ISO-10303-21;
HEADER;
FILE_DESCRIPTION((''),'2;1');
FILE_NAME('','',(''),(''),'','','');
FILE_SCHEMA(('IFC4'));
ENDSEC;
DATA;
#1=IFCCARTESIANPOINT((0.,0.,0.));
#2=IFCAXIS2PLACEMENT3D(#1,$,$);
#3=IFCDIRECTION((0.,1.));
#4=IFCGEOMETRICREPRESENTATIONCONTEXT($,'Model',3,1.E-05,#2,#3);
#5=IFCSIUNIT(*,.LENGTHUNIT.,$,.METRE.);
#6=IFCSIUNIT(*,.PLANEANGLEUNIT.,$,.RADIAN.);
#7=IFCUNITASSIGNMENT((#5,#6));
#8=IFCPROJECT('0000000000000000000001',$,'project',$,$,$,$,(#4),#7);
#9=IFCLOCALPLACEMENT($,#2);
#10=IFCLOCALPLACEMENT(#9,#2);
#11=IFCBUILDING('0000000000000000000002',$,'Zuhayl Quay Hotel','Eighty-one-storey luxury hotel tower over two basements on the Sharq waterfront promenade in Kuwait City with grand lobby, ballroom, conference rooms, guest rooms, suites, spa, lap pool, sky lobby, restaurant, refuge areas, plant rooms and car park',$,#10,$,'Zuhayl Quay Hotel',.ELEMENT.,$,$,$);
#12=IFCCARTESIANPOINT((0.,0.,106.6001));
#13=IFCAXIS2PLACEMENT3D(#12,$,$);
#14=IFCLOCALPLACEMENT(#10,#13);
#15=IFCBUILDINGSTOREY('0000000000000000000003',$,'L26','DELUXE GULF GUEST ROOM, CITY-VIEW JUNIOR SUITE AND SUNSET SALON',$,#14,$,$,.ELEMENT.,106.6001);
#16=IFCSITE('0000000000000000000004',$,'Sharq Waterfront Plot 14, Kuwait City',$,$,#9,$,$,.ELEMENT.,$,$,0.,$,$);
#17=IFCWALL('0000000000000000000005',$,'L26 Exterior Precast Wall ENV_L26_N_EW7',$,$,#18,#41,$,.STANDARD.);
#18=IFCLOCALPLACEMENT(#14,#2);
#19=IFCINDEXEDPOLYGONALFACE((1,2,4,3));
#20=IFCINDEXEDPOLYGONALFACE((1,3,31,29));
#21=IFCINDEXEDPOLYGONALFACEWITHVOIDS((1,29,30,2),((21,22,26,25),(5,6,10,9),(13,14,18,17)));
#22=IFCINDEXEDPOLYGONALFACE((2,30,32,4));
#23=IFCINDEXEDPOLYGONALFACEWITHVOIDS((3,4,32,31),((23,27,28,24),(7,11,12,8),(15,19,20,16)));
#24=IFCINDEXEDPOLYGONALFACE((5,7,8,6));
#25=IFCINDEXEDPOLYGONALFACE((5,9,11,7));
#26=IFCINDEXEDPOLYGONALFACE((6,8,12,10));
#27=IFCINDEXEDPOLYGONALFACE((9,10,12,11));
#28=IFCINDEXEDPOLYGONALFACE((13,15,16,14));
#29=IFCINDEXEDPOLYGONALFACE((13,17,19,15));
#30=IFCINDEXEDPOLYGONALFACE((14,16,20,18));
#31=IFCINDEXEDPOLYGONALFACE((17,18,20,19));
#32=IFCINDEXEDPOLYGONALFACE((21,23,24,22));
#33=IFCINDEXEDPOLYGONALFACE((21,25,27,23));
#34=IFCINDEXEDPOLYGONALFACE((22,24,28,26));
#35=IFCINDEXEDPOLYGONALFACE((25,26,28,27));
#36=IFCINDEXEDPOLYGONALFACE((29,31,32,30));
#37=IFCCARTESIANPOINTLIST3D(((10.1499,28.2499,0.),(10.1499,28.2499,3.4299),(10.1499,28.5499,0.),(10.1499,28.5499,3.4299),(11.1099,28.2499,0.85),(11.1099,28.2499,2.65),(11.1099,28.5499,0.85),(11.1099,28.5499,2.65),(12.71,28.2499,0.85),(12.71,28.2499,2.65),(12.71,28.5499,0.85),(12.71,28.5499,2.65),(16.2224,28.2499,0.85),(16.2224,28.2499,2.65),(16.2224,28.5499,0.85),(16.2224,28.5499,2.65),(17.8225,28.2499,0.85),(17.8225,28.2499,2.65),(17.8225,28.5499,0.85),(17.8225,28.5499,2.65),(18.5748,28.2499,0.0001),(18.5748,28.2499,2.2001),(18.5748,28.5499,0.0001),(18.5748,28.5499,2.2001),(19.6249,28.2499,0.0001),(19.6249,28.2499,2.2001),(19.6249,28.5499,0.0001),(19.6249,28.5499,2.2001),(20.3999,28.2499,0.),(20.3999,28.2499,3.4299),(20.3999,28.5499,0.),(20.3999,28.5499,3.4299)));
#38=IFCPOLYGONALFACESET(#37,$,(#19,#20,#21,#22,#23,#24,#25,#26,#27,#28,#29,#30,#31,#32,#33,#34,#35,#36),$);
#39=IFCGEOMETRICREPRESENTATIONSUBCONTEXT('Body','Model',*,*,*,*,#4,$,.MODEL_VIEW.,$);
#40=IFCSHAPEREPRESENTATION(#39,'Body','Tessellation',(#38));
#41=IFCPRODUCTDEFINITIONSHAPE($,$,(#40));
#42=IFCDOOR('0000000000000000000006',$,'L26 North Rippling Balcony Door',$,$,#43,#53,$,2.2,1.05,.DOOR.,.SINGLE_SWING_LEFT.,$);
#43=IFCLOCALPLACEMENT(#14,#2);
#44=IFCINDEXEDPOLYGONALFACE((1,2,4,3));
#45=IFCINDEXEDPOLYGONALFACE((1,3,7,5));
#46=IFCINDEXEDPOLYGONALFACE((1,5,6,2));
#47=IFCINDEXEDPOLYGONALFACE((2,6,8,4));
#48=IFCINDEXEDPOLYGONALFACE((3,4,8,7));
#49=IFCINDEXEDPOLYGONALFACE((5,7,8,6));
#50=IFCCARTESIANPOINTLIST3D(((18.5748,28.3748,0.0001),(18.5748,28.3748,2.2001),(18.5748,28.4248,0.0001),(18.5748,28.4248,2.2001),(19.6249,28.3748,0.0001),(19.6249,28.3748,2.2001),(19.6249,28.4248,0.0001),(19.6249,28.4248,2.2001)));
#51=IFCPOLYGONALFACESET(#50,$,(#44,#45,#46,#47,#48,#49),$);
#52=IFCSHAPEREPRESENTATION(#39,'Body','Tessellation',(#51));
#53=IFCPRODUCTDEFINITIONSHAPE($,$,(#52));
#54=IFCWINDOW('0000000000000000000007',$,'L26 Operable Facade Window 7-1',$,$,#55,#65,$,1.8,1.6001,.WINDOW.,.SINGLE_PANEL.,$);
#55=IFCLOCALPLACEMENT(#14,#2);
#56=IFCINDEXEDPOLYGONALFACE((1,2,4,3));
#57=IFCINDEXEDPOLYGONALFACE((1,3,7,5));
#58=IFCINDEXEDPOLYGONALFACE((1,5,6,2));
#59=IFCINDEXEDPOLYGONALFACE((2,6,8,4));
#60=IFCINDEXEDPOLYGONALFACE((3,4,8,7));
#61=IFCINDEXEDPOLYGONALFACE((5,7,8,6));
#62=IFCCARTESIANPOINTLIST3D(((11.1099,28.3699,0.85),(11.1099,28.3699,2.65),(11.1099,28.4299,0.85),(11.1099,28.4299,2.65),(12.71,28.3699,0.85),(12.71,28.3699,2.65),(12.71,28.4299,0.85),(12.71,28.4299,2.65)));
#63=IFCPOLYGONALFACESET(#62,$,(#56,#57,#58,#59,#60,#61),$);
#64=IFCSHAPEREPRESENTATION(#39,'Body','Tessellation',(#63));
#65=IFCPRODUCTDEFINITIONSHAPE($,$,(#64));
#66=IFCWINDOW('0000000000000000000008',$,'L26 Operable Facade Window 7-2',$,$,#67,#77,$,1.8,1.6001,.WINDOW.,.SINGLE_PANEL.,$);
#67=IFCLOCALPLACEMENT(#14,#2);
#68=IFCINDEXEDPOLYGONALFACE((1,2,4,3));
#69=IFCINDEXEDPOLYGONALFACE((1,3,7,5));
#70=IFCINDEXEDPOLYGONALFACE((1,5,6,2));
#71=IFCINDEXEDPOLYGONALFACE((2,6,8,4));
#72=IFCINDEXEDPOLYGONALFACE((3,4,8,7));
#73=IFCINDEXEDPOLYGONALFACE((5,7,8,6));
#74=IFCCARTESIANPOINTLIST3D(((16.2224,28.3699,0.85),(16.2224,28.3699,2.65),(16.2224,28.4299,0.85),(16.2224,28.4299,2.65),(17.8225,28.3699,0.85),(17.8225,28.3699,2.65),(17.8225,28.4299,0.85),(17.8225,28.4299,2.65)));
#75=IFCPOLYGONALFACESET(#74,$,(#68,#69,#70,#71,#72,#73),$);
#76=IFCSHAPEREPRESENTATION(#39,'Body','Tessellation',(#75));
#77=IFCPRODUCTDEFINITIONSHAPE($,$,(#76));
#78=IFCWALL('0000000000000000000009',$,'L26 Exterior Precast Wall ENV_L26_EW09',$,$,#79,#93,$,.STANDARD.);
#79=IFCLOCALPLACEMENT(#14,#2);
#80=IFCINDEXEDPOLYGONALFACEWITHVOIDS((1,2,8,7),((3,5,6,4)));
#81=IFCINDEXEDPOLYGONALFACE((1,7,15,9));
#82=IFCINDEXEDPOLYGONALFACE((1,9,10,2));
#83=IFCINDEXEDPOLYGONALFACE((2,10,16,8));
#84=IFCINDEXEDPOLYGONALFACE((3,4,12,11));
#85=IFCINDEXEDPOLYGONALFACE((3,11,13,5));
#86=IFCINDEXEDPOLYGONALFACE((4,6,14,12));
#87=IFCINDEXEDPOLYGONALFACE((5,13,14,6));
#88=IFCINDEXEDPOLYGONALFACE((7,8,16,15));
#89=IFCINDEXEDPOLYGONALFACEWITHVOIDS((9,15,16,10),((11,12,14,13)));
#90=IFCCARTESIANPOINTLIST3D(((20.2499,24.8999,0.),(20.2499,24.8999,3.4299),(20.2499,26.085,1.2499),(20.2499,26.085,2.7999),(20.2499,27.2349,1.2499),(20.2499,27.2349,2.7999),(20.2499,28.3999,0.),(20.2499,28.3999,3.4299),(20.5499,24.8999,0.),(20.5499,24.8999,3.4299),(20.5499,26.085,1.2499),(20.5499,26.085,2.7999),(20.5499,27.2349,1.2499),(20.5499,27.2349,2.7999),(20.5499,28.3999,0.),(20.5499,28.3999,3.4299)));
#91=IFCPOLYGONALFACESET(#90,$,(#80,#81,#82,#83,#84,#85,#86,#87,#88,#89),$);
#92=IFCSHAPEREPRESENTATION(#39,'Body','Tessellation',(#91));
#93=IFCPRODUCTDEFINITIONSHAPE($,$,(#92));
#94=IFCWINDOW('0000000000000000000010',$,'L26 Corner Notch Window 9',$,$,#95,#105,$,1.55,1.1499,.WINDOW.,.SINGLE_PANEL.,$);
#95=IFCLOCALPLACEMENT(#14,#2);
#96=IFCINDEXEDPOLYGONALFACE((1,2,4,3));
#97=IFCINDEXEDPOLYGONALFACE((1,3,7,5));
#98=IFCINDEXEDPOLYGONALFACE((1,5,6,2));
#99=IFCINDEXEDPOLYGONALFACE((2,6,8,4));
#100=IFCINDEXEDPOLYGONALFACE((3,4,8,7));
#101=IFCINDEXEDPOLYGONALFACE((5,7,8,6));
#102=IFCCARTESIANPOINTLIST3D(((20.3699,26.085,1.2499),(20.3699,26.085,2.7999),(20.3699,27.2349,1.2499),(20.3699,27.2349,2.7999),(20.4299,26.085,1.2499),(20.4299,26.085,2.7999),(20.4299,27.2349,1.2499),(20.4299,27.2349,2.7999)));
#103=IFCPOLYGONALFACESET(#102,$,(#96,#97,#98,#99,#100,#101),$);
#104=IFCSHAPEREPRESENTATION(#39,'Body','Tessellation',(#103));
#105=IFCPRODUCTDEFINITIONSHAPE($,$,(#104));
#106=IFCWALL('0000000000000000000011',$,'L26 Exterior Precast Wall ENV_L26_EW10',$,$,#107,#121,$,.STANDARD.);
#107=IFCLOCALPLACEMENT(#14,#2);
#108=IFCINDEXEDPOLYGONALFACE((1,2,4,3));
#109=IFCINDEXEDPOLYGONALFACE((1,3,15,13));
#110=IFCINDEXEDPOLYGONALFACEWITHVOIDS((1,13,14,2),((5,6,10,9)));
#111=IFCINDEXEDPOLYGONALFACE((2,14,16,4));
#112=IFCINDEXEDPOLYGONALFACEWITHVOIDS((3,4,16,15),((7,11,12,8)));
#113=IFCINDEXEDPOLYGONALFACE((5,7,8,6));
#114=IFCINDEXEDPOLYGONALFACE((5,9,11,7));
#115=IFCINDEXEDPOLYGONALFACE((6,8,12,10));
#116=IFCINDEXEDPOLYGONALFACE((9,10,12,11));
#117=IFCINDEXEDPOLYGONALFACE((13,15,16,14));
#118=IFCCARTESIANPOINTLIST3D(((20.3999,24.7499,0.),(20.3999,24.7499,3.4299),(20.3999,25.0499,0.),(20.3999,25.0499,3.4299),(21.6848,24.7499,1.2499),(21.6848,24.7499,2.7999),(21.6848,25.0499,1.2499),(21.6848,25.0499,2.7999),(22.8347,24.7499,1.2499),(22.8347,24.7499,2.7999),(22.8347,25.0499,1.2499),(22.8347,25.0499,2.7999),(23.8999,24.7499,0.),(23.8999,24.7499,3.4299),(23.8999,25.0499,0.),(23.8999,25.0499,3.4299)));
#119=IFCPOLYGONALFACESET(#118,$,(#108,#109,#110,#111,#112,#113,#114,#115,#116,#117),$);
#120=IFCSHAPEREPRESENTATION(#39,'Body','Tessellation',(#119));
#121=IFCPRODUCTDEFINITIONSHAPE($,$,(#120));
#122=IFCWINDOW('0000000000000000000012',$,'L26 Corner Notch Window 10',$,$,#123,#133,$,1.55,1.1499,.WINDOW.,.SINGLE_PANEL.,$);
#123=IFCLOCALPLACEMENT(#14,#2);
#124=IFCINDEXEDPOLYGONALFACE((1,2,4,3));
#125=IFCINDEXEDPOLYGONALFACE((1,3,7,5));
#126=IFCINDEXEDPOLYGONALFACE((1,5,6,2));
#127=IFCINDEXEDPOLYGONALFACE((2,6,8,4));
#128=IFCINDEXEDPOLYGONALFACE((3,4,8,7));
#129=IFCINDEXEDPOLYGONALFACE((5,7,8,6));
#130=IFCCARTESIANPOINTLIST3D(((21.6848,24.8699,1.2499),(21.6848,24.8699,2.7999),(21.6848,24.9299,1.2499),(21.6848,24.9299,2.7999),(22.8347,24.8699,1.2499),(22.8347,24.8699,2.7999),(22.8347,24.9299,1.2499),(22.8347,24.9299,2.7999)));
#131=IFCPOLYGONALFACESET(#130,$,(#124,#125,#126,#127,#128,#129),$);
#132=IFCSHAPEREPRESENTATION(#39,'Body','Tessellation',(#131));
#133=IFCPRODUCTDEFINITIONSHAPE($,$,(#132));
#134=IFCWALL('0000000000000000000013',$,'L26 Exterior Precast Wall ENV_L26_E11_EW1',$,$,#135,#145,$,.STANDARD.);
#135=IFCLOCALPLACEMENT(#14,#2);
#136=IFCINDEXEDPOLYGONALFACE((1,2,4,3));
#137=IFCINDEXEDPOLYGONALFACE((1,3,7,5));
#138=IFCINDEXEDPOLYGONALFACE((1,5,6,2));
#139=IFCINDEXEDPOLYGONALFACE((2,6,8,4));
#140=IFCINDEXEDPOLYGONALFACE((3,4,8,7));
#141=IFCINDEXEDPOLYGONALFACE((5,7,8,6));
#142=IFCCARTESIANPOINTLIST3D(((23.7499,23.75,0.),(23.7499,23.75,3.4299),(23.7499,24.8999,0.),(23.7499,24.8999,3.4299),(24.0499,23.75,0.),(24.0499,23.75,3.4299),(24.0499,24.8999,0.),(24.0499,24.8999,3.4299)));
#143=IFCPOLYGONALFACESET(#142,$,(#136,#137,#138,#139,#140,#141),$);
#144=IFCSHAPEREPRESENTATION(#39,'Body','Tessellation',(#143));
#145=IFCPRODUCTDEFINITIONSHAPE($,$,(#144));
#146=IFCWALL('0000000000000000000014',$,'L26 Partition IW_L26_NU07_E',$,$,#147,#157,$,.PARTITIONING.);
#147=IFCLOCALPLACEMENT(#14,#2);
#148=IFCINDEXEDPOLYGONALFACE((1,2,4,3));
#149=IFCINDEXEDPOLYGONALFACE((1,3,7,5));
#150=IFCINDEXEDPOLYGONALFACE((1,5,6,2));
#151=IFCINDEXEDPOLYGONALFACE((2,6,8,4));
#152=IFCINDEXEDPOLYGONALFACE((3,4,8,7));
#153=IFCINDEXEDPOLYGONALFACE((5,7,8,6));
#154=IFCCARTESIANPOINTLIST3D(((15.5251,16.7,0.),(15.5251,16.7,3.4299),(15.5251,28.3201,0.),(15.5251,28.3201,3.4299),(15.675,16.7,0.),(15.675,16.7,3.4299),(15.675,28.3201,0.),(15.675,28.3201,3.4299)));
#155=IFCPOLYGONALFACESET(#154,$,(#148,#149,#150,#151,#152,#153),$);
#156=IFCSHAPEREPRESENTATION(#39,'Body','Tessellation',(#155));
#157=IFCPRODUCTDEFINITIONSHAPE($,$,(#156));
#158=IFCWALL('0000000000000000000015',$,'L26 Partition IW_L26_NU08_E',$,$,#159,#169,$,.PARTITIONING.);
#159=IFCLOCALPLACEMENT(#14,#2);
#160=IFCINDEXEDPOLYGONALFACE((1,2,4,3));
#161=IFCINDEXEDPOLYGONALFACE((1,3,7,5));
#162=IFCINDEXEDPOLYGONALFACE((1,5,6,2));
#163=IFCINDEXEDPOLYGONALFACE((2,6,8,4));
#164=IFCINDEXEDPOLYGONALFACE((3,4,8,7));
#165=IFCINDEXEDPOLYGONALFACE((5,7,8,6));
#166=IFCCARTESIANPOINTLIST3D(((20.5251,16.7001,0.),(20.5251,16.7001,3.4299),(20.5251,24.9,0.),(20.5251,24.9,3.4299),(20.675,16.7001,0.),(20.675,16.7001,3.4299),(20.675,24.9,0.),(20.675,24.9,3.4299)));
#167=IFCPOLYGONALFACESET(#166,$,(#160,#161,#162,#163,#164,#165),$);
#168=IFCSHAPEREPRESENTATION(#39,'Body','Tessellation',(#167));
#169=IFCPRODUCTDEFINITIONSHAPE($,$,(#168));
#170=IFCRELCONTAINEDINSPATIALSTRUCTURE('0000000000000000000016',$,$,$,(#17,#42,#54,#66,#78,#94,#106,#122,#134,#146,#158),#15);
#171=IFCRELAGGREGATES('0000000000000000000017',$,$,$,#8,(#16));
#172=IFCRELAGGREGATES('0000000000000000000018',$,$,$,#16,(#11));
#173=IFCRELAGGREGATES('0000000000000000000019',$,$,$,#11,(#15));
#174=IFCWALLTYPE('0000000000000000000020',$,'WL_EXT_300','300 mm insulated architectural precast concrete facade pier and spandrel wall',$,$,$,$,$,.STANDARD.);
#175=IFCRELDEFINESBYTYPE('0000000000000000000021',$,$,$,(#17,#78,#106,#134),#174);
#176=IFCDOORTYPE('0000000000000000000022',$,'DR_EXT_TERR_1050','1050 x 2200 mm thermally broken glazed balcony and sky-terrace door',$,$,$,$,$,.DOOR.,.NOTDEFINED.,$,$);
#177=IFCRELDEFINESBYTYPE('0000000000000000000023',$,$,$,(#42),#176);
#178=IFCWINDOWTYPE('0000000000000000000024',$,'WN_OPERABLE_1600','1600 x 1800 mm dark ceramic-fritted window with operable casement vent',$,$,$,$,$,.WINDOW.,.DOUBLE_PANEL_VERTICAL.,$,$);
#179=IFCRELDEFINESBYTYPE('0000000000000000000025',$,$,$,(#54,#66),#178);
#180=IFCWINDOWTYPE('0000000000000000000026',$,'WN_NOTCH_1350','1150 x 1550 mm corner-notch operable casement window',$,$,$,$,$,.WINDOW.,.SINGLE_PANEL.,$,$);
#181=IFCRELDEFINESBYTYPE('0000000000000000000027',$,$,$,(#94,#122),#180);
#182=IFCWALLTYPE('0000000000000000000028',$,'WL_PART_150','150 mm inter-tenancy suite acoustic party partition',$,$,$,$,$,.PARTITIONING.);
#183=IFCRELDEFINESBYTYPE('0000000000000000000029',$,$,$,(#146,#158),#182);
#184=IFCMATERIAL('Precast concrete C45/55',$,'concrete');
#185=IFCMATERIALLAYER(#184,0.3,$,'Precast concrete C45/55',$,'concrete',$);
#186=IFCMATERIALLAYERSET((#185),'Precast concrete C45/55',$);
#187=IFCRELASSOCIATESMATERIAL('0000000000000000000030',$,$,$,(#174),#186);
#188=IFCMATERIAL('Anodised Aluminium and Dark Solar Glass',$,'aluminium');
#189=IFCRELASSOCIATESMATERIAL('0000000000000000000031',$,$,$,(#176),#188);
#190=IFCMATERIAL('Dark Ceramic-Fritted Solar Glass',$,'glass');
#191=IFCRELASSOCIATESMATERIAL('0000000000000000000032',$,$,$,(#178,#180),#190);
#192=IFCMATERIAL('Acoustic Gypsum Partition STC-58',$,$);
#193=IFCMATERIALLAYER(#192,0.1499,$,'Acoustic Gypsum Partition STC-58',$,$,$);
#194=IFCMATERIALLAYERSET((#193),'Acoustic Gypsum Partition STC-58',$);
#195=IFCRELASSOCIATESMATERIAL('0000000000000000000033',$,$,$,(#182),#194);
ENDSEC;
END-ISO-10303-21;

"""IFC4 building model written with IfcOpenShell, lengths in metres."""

from ifc_helpers import new_model, si_unit, direction, frame, frame_2d, origin, place, context, subcontext, project, spatial, rectangle, extrude, material, layer, layer_set, type_object, element, fill, save


model = new_model("IFC4")

# Units and contexts
model_context = context("Model", 3, precision=1e-05, world=origin(), true_north=direction((0.0, 1.0)))
body_context = subcontext(model_context, "Body", "Model", "MODEL_VIEW")
ifc_project = project(units=[si_unit("LENGTHUNIT", "METRE"), si_unit("PLANEANGLEUNIT", "RADIAN")], contexts=[model_context])

# Site, building, storey
site_placement = place(None, origin())
site = spatial("IfcSite", under=ifc_project, at=site_placement, Name="Sharq Waterfront Plot 14, Kuwait City", CompositionType="ELEMENT", RefElevation=0.0)
building_placement = place(site_placement, origin())
building = spatial("IfcBuilding", under=site, at=building_placement, Name="Zuhayl Quay Hotel", Description="Eighty-one-storey luxury hotel tower over two basements on the Sharq waterfront promenade in Kuwait City with grand lobby, ballroom, conference rooms, guest rooms, suites, spa, lap pool, sky lobby, restaurant, refuge areas, plant rooms and car park", LongName="Zuhayl Quay Hotel", CompositionType="ELEMENT")
storey_placement = place(building_placement, frame((0.0, 0.0, 106.6001)))
storey = spatial("IfcBuildingStorey", under=building, at=storey_placement, Name="L26", Description="DELUXE GULF GUEST ROOM, CITY-VIEW JUNIOR SUITE AND SUNSET SALON", CompositionType="ELEMENT", Elevation=106.6001)

# Shared definitions
ifc_material_1 = material(Name="Dark Ceramic-Fritted Solar Glass", Category="glass")

# Wall, openings, door, windows
ifc_material_2 = material(Name="Precast concrete C45/55", Category="concrete")
ifc_layer_1 = layer(ifc_material_2, 0.3, Name="Precast concrete C45/55", Category="concrete")
ifc_layer_set_1 = layer_set([ifc_layer_1], Name="Precast concrete C45/55")
wall_type_1 = type_object("IfcWallType", Name="WL_EXT_300", Description="300 mm insulated architectural precast concrete facade pier and spandrel wall", PredefinedType="STANDARD", material=ifc_layer_set_1)
wall_1_placement = place(storey_placement, frame((10.1499, 28.3999, 0.0), z_axis=(0.0, 0.0, 1.0), x_axis=(1.0, 0.0, 0.0)))
wall_1 = element("IfcWall", 1, at=wall_1_placement, inside=storey, type_object=wall_type_1, Name="L26 Exterior Precast Wall ENV_L26_N_EW7", PredefinedType="STANDARD", context=body_context, shape_type="SweptSolid", body=[
    extrude(rectangle(XDim=10.25, YDim=0.3, at=frame_2d((5.125, 0.0))), origin(), (0.0, 0.0, 1.0), 3.4299),
])
opening_1_placement = place(wall_1_placement, frame((8.425, 0.0, 0.0)))
opening_1 = element("IfcOpeningElement", 2, at=opening_1_placement, cuts=wall_1, PredefinedType="OPENING", context=body_context, shape_type="SweptSolid", body=[
    extrude(rectangle(XDim=1.05, YDim=2.2, at=frame_2d((0.5249, 1.1001))), frame((0.0, 0.1599, 0.0), z_axis=(0.0, -1.0, 0.0), x_axis=(1.0, 0.0, 0.0)), (0.0, 0.0, 1.0), 0.3201),
])
opening_2_placement = place(wall_1_placement, frame((0.96, 0.0, 0.8501)))
opening_2 = element("IfcOpeningElement", 3, at=opening_2_placement, cuts=wall_1, PredefinedType="OPENING", context=body_context, shape_type="SweptSolid", body=[
    extrude(rectangle(XDim=1.6001, YDim=1.8, at=frame_2d((0.8, 0.8999))), frame((0.0, 0.1599, 0.0), z_axis=(0.0, -1.0, 0.0), x_axis=(1.0, 0.0, 0.0)), (0.0, 0.0, 1.0), 0.3201),
])
opening_3_placement = place(wall_1_placement, frame((6.0725, 0.0, 0.8501)))
opening_3 = element("IfcOpeningElement", 4, at=opening_3_placement, cuts=wall_1, PredefinedType="OPENING", context=body_context, shape_type="SweptSolid", body=[
    extrude(rectangle(XDim=1.6001, YDim=1.8, at=frame_2d((0.8, 0.8999))), frame((0.0, 0.1599, 0.0), z_axis=(0.0, -1.0, 0.0), x_axis=(1.0, 0.0, 0.0)), (0.0, 0.0, 1.0), 0.3201),
])
ifc_material_3 = material(Name="Anodised Aluminium and Dark Solar Glass", Category="aluminium")
door_type_1 = type_object("IfcDoorType", Name="DR_EXT_TERR_1050", Description="1050 x 2200 mm thermally broken glazed balcony and sky-terrace door", OperationType="NOTDEFINED", PredefinedType="DOOR", material=ifc_material_3)
door_1_placement = place(opening_1_placement, origin())
door_1 = element("IfcDoor", 5, at=door_1_placement, inside=storey, type_object=door_type_1, Name="L26 North Rippling Balcony Door", OperationType="SINGLE_SWING_LEFT", OverallHeight=2.2, OverallWidth=1.05, PredefinedType="DOOR", context=body_context, shape_type="SweptSolid", body=[
    extrude(rectangle(XDim=1.05, YDim=2.2, at=frame_2d((0.5249, 1.1001))), frame((0.0, 0.0249, 0.0), z_axis=(0.0, -1.0, 0.0), x_axis=(1.0, 0.0, 0.0)), (0.0, 0.0, 1.0), 0.05),
])
fill(opening_1, door_1)
window_type_1 = type_object("IfcWindowType", Name="WN_OPERABLE_1600", Description="1600 x 1800 mm dark ceramic-fritted window with operable casement vent", PartitioningType="DOUBLE_PANEL_VERTICAL", PredefinedType="WINDOW", material=ifc_material_1)
window_1_placement = place(opening_2_placement, origin())
window_1 = element("IfcWindow", 6, at=window_1_placement, inside=storey, type_object=window_type_1, Name="L26 Operable Facade Window 7-1", OverallHeight=1.8, OverallWidth=1.6001, PartitioningType="SINGLE_PANEL", PredefinedType="WINDOW", context=body_context, shape_type="SweptSolid", body=[
    extrude(rectangle(XDim=1.6001, YDim=1.8, at=frame_2d((0.8, 0.8999))), frame((0.0, 0.03, 0.0), z_axis=(0.0, -1.0, 0.0), x_axis=(1.0, 0.0, 0.0)), (0.0, 0.0, 1.0), 0.0601),
])
fill(opening_2, window_1)
window_2_placement = place(opening_3_placement, origin())
window_2 = element("IfcWindow", 7, at=window_2_placement, inside=storey, type_object=window_type_1, Name="L26 Operable Facade Window 7-2", OverallHeight=1.8, OverallWidth=1.6001, PartitioningType="SINGLE_PANEL", PredefinedType="WINDOW", context=body_context, shape_type="SweptSolid", body=[
    extrude(rectangle(XDim=1.6001, YDim=1.8, at=frame_2d((0.8, 0.8999))), frame((0.0, 0.03, 0.0), z_axis=(0.0, -1.0, 0.0), x_axis=(1.0, 0.0, 0.0)), (0.0, 0.0, 1.0), 0.0601),
])
fill(opening_3, window_2)

# Walls, openings, windows
wall_2_placement = place(storey_placement, frame((20.3999, 28.3999, 0.0), z_axis=(0.0, 0.0, 1.0), x_axis=(0.0, -1.0, 0.0)))
wall_2 = element("IfcWall", 8, at=wall_2_placement, inside=storey, type_object=wall_type_1, Name="L26 Exterior Precast Wall ENV_L26_EW09", PredefinedType="STANDARD", context=body_context, shape_type="SweptSolid", body=[
    extrude(rectangle(XDim=3.5, YDim=0.3, at=frame_2d((1.75, 0.0))), origin(), (0.0, 0.0, 1.0), 3.4299),
])
opening_4_placement = place(wall_2_placement, frame((1.165, 0.0, 1.25)))
opening_4 = element("IfcOpeningElement", 9, at=opening_4_placement, cuts=wall_2, PredefinedType="OPENING", context=body_context, shape_type="SweptSolid", body=[
    extrude(rectangle(XDim=1.1499, YDim=1.55, at=frame_2d((0.575, 0.7749))), frame((0.0, 0.1599, 0.0), z_axis=(0.0, -1.0, 0.0), x_axis=(1.0, 0.0, 0.0)), (0.0, 0.0, 1.0), 0.3201),
])
window_type_2 = type_object("IfcWindowType", Name="WN_NOTCH_1350", Description="1150 x 1550 mm corner-notch operable casement window", PartitioningType="SINGLE_PANEL", PredefinedType="WINDOW", material=ifc_material_1)
window_3_placement = place(opening_4_placement, origin())
window_3 = element("IfcWindow", 10, at=window_3_placement, inside=storey, type_object=window_type_2, Name="L26 Corner Notch Window 9", OverallHeight=1.55, OverallWidth=1.1499, PartitioningType="SINGLE_PANEL", PredefinedType="WINDOW", context=body_context, shape_type="SweptSolid", body=[
    extrude(rectangle(XDim=1.1499, YDim=1.55, at=frame_2d((0.575, 0.7749))), frame((0.0, 0.03, 0.0), z_axis=(0.0, -1.0, 0.0), x_axis=(1.0, 0.0, 0.0)), (0.0, 0.0, 1.0), 0.0601),
])
fill(opening_4, window_3)
wall_3_placement = place(storey_placement, frame((20.3999, 24.8999, 0.0), z_axis=(0.0, 0.0, 1.0), x_axis=(1.0, 0.0, 0.0)))
wall_3 = element("IfcWall", 11, at=wall_3_placement, inside=storey, type_object=wall_type_1, Name="L26 Exterior Precast Wall ENV_L26_EW10", PredefinedType="STANDARD", context=body_context, shape_type="SweptSolid", body=[
    extrude(rectangle(XDim=3.5, YDim=0.3, at=frame_2d((1.75, 0.0))), origin(), (0.0, 0.0, 1.0), 3.4299),
])
opening_5_placement = place(wall_3_placement, frame((1.2849, 0.0, 1.25)))
opening_5 = element("IfcOpeningElement", 12, at=opening_5_placement, cuts=wall_3, PredefinedType="OPENING", context=body_context, shape_type="SweptSolid", body=[
    extrude(rectangle(XDim=1.1499, YDim=1.55, at=frame_2d((0.575, 0.7749))), frame((0.0, 0.1599, 0.0), z_axis=(0.0, -1.0, 0.0), x_axis=(1.0, 0.0, 0.0)), (0.0, 0.0, 1.0), 0.3201),
])
window_4_placement = place(opening_5_placement, origin())
window_4 = element("IfcWindow", 13, at=window_4_placement, inside=storey, type_object=window_type_2, Name="L26 Corner Notch Window 10", OverallHeight=1.55, OverallWidth=1.1499, PartitioningType="SINGLE_PANEL", PredefinedType="WINDOW", context=body_context, shape_type="SweptSolid", body=[
    extrude(rectangle(XDim=1.1499, YDim=1.55, at=frame_2d((0.575, 0.7749))), frame((0.0, 0.03, 0.0), z_axis=(0.0, -1.0, 0.0), x_axis=(1.0, 0.0, 0.0)), (0.0, 0.0, 1.0), 0.0601),
])
fill(opening_5, window_4)

# Walls
wall_4_placement = place(storey_placement, frame((23.8999, 24.8999, 0.0), z_axis=(0.0, 0.0, 1.0), x_axis=(0.0, -1.0, 0.0)))
element("IfcWall", 14, at=wall_4_placement, inside=storey, type_object=wall_type_1, Name="L26 Exterior Precast Wall ENV_L26_E11_EW1", PredefinedType="STANDARD", context=body_context, shape_type="SweptSolid", body=[
    extrude(rectangle(XDim=1.1499, YDim=0.3, at=frame_2d((0.575, 0.0))), origin(), (0.0, 0.0, 1.0), 3.4299),
])
ifc_material_4 = material(Name="Acoustic Gypsum Partition STC-58")
ifc_layer_2 = layer(ifc_material_4, 0.1499, Name="Acoustic Gypsum Partition STC-58")
ifc_layer_set_2 = layer_set([ifc_layer_2], Name="Acoustic Gypsum Partition STC-58")
wall_type_2 = type_object("IfcWallType", Name="WL_PART_150", Description="150 mm inter-tenancy suite acoustic party partition", PredefinedType="PARTITIONING", material=ifc_layer_set_2)
wall_5_placement = place(storey_placement, frame((15.6001, 16.7, 0.0), z_axis=(0.0, 0.0, 1.0), x_axis=(0.0, 1.0, 0.0)))
element("IfcWall", 15, at=wall_5_placement, inside=storey, type_object=wall_type_2, Name="L26 Partition IW_L26_NU07_E", PredefinedType="PARTITIONING", context=body_context, shape_type="SweptSolid", body=[
    extrude(rectangle(XDim=11.6201, YDim=0.1499, at=frame_2d((5.8101, 0.0))), origin(), (0.0, 0.0, 1.0), 3.4299),
])
wall_6_placement = place(storey_placement, frame((20.6001, 16.7, 0.0), z_axis=(0.0, 0.0, 1.0), x_axis=(0.0, 1.0, 0.0)))
element("IfcWall", 16, at=wall_6_placement, inside=storey, type_object=wall_type_2, Name="L26 Partition IW_L26_NU08_E", PredefinedType="PARTITIONING", context=body_context, shape_type="SweptSolid", body=[
    extrude(rectangle(XDim=8.2, YDim=0.1499, at=frame_2d((4.1001, 0.0))), origin(), (0.0, 0.0, 1.0), 3.4299),
])

save(model, "model.ifc")
